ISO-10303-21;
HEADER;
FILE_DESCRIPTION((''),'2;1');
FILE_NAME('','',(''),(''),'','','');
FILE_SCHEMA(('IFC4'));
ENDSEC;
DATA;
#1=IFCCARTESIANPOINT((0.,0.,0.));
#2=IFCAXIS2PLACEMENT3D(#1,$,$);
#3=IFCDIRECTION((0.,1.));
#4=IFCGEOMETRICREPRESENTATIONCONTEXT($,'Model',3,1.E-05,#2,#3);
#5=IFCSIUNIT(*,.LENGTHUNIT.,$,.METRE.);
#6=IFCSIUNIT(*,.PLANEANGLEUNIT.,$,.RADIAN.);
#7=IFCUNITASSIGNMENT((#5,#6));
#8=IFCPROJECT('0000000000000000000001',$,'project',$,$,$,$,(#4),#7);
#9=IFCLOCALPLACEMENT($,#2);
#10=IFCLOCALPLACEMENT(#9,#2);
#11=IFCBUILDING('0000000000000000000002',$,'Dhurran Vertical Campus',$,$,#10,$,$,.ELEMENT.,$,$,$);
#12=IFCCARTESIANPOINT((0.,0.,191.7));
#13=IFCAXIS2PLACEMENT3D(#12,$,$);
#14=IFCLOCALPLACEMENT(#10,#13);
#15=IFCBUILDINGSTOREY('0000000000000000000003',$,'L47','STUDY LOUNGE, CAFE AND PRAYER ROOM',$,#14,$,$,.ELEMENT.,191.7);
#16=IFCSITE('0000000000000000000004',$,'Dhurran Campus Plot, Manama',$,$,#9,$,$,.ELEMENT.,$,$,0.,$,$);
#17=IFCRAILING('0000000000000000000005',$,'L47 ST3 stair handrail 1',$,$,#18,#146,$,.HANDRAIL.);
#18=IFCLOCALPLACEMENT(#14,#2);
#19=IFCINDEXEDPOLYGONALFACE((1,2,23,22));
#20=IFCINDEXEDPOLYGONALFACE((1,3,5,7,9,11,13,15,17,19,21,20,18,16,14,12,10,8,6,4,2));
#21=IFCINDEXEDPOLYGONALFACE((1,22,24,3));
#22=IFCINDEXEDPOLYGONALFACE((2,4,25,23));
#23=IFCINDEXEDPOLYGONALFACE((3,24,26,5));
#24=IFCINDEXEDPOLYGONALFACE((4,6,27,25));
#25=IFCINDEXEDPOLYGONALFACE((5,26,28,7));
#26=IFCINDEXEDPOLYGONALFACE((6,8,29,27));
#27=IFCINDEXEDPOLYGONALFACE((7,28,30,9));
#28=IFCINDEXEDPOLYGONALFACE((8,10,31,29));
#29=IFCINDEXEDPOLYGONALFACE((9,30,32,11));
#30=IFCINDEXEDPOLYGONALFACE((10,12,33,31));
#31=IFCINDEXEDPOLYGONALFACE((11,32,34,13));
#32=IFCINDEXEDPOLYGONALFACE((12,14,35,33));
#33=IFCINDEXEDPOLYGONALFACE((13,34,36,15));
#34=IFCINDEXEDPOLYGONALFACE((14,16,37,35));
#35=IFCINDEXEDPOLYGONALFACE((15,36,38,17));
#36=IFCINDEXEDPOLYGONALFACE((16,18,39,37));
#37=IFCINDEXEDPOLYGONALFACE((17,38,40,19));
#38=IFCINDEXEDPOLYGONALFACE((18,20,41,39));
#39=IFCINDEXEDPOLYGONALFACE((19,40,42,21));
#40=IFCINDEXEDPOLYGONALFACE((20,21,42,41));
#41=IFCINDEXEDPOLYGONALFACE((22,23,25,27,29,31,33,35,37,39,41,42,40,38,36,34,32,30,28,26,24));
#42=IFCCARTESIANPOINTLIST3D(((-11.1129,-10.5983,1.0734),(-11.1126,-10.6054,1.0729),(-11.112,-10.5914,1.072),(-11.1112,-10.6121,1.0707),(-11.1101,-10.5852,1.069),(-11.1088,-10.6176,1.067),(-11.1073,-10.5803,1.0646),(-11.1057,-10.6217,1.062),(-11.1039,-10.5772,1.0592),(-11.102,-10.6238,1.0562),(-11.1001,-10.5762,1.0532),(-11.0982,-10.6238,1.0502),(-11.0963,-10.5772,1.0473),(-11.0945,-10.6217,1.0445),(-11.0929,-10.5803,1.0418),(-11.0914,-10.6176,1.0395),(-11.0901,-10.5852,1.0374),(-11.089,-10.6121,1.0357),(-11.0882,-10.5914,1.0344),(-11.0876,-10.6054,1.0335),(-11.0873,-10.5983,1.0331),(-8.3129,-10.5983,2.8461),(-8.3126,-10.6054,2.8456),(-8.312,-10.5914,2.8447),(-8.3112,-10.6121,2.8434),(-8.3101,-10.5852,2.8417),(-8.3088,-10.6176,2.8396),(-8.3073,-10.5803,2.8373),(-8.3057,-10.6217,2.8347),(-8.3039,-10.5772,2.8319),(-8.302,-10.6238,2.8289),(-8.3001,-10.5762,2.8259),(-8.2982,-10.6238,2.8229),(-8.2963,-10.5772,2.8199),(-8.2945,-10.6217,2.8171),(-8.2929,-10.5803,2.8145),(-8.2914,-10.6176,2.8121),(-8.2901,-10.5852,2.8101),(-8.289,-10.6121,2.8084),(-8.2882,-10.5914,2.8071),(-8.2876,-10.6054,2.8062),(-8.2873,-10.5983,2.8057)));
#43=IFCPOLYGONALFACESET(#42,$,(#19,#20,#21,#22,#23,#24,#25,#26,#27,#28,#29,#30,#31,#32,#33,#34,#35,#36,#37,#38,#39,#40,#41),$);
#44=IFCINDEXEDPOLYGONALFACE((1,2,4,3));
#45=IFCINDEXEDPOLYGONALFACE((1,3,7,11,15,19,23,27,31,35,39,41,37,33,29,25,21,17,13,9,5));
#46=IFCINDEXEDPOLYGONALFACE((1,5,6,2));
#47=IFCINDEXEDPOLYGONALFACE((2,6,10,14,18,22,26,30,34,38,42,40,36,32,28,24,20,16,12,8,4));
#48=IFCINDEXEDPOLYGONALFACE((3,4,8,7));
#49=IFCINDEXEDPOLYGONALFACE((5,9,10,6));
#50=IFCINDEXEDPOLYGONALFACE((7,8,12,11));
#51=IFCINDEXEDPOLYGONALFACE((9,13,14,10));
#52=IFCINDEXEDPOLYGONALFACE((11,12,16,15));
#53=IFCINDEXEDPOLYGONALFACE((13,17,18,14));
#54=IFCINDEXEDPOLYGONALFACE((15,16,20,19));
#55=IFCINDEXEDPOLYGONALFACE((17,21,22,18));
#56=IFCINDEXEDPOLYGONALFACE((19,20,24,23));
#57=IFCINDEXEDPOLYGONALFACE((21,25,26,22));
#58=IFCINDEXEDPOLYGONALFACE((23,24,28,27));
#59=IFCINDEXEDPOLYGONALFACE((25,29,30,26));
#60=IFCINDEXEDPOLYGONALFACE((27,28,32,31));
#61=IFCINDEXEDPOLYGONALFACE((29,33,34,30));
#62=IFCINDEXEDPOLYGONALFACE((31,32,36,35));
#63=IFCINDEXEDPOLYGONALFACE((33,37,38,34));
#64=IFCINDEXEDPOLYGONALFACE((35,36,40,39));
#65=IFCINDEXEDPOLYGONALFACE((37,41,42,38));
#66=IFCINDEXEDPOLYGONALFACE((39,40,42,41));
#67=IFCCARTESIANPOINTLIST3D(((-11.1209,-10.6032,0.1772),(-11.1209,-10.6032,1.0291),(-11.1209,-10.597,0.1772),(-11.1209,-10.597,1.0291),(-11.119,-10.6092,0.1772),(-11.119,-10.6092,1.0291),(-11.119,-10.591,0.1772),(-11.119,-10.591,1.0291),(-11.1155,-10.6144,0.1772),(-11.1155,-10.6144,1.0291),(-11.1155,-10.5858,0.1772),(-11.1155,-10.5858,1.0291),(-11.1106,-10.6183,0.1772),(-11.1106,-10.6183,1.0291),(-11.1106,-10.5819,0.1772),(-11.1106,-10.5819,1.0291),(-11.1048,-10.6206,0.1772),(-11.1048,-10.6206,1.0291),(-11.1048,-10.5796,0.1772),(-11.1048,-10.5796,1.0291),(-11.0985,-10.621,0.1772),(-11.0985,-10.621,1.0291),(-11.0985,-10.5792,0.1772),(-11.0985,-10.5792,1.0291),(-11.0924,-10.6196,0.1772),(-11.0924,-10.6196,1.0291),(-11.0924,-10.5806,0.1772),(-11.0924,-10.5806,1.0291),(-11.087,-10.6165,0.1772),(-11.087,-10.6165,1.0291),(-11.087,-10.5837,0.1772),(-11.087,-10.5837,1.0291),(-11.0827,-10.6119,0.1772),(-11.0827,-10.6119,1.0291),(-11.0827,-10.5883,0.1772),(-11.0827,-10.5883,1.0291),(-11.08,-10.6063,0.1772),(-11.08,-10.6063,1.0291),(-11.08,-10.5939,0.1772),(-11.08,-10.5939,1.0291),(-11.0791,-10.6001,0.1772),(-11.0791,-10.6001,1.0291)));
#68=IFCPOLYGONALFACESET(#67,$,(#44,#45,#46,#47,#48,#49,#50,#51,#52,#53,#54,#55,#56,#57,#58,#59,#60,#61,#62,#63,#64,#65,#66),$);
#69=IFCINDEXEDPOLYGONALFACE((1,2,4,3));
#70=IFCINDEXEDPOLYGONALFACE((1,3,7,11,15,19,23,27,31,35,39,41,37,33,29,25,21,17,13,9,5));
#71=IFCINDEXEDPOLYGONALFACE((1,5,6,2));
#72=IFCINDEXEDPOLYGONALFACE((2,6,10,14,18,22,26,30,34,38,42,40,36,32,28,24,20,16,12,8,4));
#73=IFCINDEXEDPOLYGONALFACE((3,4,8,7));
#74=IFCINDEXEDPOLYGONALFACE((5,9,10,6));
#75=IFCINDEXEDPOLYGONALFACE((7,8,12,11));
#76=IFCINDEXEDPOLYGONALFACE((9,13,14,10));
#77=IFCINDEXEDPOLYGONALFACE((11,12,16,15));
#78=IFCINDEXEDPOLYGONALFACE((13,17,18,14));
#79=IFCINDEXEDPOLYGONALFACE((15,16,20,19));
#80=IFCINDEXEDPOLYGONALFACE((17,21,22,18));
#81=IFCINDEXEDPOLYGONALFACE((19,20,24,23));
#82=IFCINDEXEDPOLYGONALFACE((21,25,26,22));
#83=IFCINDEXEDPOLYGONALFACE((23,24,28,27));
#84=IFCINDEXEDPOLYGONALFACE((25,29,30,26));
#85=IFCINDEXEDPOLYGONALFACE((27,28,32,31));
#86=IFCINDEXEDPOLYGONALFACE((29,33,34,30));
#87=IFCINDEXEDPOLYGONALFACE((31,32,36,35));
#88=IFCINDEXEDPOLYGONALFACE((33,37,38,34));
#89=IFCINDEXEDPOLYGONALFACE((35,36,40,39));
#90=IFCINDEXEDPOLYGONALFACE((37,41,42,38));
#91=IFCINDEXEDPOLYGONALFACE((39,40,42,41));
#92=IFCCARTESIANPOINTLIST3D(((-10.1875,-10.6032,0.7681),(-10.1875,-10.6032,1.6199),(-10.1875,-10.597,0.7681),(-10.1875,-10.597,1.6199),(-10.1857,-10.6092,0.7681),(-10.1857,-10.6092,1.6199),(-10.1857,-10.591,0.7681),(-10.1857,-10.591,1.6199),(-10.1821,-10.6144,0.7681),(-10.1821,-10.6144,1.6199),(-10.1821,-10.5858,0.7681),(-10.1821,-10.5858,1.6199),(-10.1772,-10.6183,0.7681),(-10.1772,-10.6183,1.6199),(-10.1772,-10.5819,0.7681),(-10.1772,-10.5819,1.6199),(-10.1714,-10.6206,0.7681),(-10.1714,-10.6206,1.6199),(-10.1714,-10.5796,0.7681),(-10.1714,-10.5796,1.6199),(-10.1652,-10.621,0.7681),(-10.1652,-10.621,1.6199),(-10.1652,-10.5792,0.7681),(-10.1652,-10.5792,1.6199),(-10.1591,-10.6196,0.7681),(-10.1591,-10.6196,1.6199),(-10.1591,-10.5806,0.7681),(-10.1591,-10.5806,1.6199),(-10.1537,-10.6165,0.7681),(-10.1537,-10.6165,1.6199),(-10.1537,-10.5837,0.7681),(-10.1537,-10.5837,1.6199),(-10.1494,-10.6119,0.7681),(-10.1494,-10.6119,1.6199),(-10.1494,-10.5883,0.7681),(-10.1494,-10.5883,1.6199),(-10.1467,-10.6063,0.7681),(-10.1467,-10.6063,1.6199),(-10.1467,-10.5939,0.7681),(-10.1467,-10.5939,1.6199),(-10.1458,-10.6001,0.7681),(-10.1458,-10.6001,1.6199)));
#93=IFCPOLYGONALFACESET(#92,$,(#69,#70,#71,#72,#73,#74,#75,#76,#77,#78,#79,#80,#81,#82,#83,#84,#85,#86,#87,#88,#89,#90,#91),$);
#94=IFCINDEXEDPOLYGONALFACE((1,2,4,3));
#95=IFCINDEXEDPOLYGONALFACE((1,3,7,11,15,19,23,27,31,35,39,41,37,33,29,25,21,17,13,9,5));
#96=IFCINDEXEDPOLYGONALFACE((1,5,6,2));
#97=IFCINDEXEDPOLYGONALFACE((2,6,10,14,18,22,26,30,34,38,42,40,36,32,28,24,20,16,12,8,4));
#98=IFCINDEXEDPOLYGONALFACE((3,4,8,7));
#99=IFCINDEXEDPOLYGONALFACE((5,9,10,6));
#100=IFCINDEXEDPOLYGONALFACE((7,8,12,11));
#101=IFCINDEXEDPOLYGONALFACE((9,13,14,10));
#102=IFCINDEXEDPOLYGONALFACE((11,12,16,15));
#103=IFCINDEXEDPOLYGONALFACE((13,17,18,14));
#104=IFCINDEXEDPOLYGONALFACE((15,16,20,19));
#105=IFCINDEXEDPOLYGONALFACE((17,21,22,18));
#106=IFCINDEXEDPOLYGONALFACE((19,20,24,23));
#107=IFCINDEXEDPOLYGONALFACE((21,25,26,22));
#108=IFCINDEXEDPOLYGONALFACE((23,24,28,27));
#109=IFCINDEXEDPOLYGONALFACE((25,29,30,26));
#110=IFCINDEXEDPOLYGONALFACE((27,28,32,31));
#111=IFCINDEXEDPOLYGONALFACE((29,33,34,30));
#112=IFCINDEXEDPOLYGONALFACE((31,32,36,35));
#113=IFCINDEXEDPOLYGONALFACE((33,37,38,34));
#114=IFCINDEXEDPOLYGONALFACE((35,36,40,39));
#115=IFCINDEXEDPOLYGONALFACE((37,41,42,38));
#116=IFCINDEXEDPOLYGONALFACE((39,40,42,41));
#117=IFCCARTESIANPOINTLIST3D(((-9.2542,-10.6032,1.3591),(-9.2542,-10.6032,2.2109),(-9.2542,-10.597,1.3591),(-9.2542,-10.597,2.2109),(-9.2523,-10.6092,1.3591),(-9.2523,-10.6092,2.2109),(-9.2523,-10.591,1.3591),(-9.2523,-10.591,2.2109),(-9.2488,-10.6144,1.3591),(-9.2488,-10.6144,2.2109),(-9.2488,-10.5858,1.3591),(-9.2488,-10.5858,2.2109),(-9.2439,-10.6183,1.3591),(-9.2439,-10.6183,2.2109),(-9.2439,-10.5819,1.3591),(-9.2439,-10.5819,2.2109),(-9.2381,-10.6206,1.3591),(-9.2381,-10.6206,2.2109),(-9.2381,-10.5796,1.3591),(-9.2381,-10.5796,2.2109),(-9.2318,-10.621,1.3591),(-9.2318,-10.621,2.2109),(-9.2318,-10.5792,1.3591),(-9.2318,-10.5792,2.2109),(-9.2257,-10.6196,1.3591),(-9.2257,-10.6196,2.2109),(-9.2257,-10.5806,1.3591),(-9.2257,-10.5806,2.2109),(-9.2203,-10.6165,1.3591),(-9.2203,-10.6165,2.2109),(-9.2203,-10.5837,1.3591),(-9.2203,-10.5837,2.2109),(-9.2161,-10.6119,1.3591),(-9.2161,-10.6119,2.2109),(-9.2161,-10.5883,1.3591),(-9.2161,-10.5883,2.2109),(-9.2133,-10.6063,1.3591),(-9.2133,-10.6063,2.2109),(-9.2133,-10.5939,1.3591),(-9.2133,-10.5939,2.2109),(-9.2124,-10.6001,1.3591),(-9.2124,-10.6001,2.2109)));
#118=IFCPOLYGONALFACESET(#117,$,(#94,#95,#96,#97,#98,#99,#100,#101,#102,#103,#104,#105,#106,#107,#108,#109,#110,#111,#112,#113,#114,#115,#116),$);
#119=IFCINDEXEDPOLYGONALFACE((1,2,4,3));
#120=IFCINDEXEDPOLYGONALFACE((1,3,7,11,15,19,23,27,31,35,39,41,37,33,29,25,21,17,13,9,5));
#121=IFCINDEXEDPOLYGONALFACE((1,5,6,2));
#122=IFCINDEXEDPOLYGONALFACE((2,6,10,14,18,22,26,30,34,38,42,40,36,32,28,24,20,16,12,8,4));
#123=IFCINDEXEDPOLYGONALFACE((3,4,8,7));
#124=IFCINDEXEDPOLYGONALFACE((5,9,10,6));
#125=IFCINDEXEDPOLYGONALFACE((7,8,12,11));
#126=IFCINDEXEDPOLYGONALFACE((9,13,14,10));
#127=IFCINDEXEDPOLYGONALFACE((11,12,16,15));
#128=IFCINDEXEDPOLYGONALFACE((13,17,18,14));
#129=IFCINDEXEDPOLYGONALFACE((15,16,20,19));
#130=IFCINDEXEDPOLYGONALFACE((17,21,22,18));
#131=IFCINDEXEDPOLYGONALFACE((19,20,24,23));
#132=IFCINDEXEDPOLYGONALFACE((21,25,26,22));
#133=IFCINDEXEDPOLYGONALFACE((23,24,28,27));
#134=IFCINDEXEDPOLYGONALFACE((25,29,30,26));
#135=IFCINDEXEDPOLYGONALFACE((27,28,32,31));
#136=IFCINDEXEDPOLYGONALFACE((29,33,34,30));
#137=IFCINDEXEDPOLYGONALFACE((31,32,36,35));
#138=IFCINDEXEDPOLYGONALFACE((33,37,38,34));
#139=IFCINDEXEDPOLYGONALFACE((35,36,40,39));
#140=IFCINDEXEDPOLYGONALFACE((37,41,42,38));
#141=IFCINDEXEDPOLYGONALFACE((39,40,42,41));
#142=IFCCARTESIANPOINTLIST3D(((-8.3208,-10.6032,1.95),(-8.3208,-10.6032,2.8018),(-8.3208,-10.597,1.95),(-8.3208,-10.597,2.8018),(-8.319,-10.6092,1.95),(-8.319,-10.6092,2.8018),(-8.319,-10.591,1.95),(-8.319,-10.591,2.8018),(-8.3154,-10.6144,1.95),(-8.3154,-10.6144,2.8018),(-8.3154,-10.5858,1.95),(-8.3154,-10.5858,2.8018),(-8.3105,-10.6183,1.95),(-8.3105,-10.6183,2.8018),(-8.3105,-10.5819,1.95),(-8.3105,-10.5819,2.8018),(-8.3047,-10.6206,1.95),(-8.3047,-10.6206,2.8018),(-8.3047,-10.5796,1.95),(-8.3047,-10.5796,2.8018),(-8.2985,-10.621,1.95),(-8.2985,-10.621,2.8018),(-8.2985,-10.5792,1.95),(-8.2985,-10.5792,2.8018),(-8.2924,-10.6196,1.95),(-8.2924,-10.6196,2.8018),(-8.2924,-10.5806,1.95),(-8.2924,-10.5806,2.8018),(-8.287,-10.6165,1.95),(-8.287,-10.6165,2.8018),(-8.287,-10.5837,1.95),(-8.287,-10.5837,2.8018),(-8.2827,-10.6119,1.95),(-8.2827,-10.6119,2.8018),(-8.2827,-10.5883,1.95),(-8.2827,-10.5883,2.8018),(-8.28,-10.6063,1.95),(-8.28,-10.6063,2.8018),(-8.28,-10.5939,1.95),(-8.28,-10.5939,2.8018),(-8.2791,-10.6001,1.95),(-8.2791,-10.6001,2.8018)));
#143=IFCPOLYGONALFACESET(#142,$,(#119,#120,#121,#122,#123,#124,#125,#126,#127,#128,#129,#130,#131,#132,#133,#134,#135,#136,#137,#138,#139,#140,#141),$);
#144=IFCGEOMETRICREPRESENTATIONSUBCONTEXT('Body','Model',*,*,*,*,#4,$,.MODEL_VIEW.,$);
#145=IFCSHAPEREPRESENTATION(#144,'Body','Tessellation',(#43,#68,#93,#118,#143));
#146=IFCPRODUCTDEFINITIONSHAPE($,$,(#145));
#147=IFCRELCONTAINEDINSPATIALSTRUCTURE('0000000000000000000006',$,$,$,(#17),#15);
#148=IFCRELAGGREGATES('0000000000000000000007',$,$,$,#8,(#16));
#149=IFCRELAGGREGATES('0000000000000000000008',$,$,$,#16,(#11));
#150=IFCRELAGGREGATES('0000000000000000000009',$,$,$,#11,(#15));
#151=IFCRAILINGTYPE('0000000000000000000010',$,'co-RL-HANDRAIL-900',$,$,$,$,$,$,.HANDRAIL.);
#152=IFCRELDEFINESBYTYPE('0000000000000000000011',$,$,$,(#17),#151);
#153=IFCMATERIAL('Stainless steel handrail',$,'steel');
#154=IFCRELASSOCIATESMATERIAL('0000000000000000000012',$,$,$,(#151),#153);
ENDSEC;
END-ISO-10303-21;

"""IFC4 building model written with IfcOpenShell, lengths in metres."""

from ifc_helpers import new_model, si_unit, direction, frame, origin, origin_2d, place, context, subcontext, project, spatial, circle, extrude, material, type_object, element, save


model = new_model("IFC4")

# Units and contexts
model_context = context("Model", 3, precision=1e-05, world=origin(), true_north=direction((0.0, 1.0)))
body_context = subcontext(model_context, "Body", "Model", "MODEL_VIEW")
ifc_project = project(units=[si_unit("LENGTHUNIT", "METRE"), si_unit("PLANEANGLEUNIT", "RADIAN")], contexts=[model_context])

# Site, building, storey
site_placement = place(None, origin())
site = spatial("IfcSite", under=ifc_project, at=site_placement, Name="Dhurran Campus Plot, Manama", CompositionType="ELEMENT", RefElevation=0.0)
building_placement = place(site_placement, origin())
building = spatial("IfcBuilding", under=site, at=building_placement, Name="Dhurran Vertical Campus", CompositionType="ELEMENT")
storey_placement = place(building_placement, frame((0.0, 0.0, 191.7)))
storey = spatial("IfcBuildingStorey", under=building, at=storey_placement, Name="L47", Description="STUDY LOUNGE, CAFE AND PRAYER ROOM", CompositionType="ELEMENT", Elevation=191.7)

# Railing
ifc_material_1 = material(Name="Stainless steel handrail", Category="steel")
railing_type_1 = type_object("IfcRailingType", Name="co-RL-HANDRAIL-900", PredefinedType="HANDRAIL", material=ifc_material_1)
railing_1_placement = place(storey_placement, frame((-11.1001, -10.6001, 0.1772)))
element("IfcRailing", 1, at=railing_1_placement, inside=storey, type_object=railing_type_1, Name="L47 ST3 stair handrail 1", PredefinedType="HANDRAIL", context=body_context, shape_type="SweptSolid", body=[
    extrude(circle(Radius=0.0239, at=origin_2d()), frame((0.0, 0.0, 0.876), z_axis=(0.844909, 0.0, 0.53491), x_axis=(0.0, 1.0, 0.0)), (0.0, 0.0, 1.0), 3.314),
    extrude(circle(Radius=0.021, at=origin_2d()), origin(), (0.0, 0.0, 1.0), 0.8518),
    extrude(circle(Radius=0.021, at=origin_2d()), frame((0.9333, 0.0, 0.5908)), (0.0, 0.0, 1.0), 0.8518),
    extrude(circle(Radius=0.021, at=origin_2d()), frame((1.8667, 0.0, 1.1819)), (0.0, 0.0, 1.0), 0.8518),
    extrude(circle(Radius=0.021, at=origin_2d()), frame((2.8, 0.0, 1.7727)), (0.0, 0.0, 1.0), 0.8518),
])

save(model, "model.ifc")
